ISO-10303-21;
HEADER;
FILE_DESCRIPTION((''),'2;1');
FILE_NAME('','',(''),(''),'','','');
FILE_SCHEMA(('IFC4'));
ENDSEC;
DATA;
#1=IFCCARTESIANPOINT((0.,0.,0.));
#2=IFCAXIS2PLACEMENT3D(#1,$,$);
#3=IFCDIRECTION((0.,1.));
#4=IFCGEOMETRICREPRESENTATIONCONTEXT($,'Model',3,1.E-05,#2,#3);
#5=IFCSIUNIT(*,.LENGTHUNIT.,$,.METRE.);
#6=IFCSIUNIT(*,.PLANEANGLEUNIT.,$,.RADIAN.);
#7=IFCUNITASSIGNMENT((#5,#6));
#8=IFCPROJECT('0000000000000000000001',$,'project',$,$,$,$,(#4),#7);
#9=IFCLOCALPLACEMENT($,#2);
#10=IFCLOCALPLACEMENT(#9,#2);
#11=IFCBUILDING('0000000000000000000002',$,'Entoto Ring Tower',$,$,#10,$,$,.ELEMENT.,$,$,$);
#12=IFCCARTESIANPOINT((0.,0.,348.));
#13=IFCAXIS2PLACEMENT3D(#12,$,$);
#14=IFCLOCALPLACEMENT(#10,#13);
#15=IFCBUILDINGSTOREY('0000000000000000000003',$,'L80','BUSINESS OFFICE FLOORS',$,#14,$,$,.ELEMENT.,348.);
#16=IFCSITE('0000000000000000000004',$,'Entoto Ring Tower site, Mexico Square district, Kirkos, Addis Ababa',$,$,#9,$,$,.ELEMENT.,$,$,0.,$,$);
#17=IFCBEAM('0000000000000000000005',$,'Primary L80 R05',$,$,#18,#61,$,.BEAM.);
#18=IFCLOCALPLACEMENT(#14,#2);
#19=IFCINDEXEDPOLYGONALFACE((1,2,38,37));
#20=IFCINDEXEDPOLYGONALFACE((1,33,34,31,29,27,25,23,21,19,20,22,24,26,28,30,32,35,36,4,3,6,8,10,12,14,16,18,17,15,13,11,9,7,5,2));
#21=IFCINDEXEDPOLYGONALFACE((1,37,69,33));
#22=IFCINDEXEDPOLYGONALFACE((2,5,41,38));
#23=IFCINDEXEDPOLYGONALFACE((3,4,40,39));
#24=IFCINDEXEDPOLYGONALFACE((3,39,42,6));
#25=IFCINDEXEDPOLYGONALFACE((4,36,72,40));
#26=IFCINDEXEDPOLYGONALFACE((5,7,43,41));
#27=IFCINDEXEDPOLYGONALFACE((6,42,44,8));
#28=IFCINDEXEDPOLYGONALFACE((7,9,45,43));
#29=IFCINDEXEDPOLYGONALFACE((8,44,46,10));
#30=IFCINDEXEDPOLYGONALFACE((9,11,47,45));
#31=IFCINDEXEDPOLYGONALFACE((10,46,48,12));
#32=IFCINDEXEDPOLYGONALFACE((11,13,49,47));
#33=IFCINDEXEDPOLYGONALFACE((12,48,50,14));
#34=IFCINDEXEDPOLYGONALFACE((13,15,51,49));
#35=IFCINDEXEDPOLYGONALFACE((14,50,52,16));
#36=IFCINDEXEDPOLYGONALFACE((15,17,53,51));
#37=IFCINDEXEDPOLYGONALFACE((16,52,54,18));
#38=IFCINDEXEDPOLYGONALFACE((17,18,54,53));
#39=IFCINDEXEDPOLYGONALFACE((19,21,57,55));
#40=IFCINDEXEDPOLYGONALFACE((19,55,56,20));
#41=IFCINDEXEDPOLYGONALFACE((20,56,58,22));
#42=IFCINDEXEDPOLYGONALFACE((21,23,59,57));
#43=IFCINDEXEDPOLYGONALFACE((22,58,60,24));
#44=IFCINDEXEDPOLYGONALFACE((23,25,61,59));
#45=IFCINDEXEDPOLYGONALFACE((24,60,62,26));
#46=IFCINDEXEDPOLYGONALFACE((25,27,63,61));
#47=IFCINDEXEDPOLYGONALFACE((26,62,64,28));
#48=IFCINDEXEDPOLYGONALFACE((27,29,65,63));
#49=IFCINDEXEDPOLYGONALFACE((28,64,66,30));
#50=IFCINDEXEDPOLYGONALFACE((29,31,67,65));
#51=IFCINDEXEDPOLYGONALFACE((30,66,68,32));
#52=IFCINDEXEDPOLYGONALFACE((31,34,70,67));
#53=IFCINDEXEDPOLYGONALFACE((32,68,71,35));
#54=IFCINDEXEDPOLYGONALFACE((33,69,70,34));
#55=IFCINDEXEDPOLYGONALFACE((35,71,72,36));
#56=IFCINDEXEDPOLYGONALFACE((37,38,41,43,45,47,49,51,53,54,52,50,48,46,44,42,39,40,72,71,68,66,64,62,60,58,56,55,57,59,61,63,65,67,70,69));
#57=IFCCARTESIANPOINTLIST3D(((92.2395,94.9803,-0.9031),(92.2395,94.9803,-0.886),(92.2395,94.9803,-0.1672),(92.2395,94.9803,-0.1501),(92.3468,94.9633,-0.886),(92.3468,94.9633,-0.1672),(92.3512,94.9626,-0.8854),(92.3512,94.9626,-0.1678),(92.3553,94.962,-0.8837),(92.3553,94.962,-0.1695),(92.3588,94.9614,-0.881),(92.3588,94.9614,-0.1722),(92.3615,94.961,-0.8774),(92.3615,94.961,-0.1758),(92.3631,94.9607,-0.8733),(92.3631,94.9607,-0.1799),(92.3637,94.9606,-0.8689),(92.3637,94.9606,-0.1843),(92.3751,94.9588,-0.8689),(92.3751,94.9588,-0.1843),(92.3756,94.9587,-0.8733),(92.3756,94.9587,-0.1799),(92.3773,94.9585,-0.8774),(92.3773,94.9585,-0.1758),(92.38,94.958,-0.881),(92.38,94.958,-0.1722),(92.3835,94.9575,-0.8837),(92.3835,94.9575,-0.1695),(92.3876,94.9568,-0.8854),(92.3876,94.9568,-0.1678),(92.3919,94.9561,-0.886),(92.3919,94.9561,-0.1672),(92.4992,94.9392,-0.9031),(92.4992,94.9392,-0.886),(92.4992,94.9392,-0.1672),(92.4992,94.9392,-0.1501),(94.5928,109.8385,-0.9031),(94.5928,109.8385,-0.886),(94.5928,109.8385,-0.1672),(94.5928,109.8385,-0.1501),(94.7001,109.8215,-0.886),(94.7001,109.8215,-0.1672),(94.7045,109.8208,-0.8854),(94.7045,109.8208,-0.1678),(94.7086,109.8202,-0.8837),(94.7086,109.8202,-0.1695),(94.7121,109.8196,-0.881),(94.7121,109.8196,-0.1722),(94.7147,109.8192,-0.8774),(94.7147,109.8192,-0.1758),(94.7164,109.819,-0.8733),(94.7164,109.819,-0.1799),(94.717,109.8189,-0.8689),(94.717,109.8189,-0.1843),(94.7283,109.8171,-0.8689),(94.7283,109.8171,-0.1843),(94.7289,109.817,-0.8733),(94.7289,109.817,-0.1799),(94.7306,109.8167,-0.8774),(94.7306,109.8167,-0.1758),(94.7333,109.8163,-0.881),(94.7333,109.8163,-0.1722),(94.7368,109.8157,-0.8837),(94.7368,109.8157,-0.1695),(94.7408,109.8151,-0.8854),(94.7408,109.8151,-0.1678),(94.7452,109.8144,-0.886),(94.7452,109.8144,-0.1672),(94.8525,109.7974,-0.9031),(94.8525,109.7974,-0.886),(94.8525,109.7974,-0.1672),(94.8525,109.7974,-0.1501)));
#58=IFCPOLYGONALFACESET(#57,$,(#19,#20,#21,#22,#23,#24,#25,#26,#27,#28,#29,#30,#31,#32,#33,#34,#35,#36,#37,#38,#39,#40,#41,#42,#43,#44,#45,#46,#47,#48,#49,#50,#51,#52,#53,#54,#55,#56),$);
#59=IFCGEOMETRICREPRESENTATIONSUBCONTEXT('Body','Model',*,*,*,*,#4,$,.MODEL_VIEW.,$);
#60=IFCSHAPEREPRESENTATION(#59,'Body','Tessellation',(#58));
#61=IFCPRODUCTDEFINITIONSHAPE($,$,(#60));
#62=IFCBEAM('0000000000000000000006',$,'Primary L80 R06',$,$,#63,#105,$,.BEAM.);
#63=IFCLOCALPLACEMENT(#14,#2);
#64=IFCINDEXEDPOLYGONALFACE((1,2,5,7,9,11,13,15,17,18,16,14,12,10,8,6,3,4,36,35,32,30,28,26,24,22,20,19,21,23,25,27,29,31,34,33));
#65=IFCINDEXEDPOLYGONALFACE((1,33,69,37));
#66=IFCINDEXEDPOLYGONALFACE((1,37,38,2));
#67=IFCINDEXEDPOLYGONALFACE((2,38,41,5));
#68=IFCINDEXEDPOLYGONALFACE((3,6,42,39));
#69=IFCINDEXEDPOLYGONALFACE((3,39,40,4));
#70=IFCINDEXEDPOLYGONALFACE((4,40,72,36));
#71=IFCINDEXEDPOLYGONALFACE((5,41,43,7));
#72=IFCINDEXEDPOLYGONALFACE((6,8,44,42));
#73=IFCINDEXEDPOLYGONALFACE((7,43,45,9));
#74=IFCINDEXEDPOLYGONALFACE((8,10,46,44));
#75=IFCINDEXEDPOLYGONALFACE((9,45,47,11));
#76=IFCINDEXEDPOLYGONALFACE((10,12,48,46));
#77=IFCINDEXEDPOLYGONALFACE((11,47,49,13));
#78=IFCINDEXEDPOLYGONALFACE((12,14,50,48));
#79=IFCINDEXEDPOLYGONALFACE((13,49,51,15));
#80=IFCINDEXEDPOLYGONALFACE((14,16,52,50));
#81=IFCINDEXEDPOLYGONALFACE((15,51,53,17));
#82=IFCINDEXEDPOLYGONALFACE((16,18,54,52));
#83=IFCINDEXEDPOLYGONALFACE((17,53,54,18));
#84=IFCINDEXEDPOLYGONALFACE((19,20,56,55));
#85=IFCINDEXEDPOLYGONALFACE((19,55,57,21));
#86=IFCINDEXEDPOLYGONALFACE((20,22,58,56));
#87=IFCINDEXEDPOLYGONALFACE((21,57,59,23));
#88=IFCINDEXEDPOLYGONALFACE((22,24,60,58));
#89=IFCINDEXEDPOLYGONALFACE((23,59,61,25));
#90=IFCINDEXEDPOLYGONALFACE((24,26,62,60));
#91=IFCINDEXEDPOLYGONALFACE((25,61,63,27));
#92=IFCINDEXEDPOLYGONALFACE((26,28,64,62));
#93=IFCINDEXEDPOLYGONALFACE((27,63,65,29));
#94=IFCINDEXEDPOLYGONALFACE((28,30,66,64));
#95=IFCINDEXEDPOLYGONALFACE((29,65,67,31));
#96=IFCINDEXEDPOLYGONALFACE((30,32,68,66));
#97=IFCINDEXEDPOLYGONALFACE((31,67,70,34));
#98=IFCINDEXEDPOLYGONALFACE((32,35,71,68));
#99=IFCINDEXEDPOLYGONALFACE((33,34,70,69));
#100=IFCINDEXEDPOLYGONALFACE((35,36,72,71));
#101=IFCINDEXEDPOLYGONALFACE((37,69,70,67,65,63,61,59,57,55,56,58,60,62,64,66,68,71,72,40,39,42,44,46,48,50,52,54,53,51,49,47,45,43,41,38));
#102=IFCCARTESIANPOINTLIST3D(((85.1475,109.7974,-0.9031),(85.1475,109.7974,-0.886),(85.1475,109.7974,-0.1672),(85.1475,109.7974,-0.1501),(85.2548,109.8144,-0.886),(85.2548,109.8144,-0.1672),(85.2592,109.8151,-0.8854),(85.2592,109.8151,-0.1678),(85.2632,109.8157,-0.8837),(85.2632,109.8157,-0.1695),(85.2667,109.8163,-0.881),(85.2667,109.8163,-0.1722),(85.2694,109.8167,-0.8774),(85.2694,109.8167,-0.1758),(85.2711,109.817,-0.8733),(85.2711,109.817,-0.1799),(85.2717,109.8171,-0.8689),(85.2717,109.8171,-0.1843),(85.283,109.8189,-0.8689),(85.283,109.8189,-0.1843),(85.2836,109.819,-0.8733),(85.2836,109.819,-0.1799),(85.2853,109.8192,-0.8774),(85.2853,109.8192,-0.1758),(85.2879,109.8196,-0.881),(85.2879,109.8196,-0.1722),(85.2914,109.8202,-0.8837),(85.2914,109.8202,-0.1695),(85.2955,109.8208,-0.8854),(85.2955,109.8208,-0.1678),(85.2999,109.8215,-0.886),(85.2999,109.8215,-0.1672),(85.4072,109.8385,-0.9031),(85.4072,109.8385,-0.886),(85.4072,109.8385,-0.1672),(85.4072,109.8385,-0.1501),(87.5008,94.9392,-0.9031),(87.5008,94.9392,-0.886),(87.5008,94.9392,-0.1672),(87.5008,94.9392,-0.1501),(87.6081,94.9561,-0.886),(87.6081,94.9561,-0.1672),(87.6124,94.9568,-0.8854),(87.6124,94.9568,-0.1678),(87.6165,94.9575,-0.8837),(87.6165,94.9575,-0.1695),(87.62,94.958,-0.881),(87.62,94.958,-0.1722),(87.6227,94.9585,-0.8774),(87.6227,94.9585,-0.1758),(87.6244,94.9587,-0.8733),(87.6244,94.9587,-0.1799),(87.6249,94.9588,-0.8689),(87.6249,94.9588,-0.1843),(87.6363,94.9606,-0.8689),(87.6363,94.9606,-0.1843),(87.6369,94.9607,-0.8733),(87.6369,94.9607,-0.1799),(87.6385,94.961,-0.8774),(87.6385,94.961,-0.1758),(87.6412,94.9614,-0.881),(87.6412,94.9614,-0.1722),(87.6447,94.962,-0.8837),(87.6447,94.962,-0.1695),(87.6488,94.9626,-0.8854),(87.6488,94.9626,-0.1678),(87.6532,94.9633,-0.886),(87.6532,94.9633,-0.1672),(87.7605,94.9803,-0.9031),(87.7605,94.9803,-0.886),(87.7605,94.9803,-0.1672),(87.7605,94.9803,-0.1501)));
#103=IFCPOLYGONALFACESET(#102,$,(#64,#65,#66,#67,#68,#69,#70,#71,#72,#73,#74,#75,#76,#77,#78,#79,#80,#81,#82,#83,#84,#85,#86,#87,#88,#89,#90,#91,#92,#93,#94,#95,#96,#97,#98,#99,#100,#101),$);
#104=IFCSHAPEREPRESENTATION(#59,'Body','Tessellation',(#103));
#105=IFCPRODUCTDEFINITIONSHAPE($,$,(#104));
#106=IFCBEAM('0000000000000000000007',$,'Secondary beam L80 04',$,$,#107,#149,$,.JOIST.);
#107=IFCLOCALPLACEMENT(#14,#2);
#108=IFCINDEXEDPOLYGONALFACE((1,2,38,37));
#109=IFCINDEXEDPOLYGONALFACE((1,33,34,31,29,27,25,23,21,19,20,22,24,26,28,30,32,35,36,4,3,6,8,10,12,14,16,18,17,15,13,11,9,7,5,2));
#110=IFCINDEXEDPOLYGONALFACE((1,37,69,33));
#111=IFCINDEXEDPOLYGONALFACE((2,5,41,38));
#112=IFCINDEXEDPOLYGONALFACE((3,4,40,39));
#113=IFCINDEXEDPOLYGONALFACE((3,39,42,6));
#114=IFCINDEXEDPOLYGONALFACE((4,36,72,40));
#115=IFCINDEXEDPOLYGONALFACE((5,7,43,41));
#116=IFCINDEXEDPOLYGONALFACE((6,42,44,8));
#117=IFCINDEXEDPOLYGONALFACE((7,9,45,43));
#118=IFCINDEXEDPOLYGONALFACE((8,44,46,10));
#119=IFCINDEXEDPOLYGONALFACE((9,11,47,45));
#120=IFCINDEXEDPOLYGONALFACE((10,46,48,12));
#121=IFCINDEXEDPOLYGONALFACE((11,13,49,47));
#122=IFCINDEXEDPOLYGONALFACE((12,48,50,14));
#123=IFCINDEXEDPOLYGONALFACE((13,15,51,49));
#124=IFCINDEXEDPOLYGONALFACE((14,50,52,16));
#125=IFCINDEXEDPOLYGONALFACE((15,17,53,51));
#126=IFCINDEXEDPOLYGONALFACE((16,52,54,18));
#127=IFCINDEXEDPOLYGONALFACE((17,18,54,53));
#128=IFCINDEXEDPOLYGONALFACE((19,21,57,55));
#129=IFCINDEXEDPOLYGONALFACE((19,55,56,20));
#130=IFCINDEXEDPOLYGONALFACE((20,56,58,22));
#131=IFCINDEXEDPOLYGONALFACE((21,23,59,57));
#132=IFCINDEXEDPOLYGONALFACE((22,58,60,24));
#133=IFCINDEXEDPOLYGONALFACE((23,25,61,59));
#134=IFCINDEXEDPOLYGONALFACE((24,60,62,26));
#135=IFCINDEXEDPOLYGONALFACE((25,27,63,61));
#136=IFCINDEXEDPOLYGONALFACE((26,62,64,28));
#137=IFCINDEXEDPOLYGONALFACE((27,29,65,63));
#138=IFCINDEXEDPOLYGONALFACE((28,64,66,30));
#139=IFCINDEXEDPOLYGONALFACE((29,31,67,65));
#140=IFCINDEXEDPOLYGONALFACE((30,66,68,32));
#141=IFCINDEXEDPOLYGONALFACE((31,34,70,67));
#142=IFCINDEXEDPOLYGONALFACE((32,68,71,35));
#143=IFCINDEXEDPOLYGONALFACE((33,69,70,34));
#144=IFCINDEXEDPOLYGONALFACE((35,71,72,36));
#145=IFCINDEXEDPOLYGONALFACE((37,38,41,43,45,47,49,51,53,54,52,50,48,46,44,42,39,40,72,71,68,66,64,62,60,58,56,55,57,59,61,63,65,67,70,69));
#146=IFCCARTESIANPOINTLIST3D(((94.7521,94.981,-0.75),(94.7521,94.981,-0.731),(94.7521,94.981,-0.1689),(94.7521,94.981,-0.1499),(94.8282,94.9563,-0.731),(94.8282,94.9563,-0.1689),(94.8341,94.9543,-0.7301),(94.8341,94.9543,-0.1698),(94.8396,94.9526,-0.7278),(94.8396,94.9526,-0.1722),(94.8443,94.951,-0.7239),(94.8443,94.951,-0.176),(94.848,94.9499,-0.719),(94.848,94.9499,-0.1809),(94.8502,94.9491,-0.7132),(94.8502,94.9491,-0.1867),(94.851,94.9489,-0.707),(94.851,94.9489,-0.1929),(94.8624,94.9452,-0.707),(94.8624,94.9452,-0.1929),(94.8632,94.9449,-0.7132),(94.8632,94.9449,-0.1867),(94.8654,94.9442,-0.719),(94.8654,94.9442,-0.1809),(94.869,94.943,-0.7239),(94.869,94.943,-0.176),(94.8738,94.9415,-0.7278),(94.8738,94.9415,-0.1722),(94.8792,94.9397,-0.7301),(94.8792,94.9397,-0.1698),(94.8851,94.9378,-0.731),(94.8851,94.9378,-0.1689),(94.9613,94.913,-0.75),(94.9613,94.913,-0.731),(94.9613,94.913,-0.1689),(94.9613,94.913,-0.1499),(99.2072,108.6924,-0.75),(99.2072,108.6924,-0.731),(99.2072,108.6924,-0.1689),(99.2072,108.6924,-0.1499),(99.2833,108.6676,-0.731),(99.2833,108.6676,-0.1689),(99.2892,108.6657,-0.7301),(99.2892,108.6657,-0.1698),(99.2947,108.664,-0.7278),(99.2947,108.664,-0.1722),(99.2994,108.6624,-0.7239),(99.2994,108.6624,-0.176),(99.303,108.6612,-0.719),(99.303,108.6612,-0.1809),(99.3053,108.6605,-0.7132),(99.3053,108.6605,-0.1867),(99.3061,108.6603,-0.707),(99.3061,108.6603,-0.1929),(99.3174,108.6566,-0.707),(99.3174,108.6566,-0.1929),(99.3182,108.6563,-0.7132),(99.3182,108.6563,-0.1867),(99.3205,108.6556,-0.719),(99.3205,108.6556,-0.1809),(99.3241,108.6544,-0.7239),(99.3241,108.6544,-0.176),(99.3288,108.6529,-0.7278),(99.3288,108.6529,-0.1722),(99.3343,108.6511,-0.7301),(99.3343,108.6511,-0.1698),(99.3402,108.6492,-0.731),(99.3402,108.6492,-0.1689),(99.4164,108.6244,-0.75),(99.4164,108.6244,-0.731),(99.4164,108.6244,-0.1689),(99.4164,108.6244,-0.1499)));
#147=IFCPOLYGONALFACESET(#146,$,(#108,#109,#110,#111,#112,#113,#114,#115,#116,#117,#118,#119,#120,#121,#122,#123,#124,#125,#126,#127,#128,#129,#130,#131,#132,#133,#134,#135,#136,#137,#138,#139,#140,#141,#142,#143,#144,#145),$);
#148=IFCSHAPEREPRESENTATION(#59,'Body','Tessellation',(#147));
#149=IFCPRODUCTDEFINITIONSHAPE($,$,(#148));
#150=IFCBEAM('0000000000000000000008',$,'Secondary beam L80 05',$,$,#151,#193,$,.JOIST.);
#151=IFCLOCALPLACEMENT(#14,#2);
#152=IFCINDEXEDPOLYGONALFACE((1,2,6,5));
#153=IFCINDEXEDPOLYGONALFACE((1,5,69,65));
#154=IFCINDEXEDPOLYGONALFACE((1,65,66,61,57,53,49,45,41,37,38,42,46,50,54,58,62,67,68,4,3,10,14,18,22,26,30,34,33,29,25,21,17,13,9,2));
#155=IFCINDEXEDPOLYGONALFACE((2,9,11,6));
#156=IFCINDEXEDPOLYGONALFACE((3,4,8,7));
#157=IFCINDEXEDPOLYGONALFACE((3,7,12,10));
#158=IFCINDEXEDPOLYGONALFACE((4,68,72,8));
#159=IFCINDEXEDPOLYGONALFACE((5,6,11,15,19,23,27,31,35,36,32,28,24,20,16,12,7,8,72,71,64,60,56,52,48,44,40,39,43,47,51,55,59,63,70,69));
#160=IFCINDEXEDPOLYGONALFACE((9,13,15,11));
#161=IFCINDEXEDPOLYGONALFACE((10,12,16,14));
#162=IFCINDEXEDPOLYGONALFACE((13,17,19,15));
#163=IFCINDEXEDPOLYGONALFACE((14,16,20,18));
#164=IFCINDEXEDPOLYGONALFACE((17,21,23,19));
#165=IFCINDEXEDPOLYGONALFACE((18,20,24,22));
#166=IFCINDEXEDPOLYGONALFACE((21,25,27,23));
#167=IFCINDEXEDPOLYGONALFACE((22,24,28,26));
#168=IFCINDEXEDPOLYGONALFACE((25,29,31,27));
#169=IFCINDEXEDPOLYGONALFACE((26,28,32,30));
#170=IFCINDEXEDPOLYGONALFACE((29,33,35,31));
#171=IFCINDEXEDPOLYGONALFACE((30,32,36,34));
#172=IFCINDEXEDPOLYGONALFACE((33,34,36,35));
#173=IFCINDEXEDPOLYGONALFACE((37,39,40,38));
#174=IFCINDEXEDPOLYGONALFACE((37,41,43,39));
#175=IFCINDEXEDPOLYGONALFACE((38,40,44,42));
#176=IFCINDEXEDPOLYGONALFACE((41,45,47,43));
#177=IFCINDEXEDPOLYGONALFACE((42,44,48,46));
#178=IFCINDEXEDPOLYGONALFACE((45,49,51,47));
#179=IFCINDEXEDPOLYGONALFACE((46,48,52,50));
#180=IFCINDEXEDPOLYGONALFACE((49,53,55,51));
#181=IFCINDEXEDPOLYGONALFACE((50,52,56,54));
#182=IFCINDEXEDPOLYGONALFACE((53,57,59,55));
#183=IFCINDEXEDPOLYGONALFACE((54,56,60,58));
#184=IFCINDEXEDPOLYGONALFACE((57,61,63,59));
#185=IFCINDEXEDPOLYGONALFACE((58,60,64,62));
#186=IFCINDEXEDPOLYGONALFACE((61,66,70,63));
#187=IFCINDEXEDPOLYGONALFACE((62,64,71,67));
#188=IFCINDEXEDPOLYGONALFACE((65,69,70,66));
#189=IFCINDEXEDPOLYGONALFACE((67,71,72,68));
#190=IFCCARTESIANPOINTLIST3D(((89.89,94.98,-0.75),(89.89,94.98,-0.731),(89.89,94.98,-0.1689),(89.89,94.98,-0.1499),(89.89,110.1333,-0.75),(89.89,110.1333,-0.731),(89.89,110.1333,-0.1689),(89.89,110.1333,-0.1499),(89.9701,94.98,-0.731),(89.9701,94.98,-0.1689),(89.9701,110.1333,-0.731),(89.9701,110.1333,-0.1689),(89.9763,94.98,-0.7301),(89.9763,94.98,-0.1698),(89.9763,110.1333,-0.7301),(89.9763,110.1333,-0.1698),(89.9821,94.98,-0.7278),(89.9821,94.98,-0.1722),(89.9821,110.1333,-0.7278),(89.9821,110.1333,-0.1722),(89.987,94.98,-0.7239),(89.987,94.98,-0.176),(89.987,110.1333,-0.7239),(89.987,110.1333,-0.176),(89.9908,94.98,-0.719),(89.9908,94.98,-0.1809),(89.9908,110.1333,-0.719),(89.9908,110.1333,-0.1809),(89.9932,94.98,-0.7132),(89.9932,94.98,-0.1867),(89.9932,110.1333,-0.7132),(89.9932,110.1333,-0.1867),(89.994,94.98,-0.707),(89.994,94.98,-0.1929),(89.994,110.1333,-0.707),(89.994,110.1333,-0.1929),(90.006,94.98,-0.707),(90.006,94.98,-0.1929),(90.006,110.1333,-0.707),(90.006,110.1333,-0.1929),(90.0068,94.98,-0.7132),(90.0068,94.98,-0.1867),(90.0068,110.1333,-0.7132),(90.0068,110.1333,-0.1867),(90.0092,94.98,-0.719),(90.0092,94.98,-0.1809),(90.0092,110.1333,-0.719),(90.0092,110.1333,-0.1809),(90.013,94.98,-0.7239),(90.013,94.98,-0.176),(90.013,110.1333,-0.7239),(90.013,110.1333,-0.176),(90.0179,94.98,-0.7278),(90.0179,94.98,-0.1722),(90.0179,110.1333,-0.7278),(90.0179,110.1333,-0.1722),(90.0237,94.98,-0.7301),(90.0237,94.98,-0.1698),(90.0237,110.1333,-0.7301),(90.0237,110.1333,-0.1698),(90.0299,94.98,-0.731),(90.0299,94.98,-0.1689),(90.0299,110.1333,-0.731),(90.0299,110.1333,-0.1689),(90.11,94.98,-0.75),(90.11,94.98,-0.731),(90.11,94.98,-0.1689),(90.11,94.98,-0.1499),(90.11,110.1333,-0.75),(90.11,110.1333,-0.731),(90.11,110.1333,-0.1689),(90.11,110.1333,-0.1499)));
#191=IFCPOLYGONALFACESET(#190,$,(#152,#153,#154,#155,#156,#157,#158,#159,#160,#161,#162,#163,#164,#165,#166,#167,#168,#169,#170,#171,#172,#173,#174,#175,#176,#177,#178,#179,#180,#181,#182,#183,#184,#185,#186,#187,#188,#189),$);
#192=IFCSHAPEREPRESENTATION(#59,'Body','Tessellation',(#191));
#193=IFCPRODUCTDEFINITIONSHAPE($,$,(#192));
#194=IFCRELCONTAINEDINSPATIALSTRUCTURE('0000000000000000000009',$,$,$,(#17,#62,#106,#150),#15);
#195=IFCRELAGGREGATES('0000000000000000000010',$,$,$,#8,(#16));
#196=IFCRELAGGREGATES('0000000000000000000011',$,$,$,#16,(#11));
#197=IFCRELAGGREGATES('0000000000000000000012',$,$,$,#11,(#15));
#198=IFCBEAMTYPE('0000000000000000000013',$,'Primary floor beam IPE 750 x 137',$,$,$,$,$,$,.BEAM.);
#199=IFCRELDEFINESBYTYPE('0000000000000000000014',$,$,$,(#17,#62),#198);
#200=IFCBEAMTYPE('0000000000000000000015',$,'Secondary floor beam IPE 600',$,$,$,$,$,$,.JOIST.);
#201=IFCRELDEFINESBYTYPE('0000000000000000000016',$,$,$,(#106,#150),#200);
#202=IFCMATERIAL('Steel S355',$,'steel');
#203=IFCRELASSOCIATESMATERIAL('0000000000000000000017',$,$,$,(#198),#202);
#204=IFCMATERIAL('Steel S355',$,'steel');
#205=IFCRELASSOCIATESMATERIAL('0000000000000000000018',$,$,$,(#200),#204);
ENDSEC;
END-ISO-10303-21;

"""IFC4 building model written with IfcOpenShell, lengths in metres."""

from ifc_helpers import new_model, si_unit, direction, frame, origin, origin_2d, place, context, subcontext, project, spatial, i_section, extrude, material, material_profile, profile_set, type_object, element, save


model = new_model("IFC4")

# Units and contexts
model_context = context("Model", 3, precision=1e-05, world=origin(), true_north=direction((0.0, 1.0)))
body_context = subcontext(model_context, "Body", "Model", "MODEL_VIEW")
ifc_project = project(units=[si_unit("LENGTHUNIT", "METRE"), si_unit("PLANEANGLEUNIT", "RADIAN")], contexts=[model_context])

# Site, building, storey
site_placement = place(None, origin())
site = spatial("IfcSite", under=ifc_project, at=site_placement, Name="Entoto Ring Tower site, Mexico Square district, Kirkos, Addis Ababa", CompositionType="ELEMENT", RefElevation=0.0)
building_placement = place(site_placement, origin())
building = spatial("IfcBuilding", under=site, at=building_placement, Name="Entoto Ring Tower", CompositionType="ELEMENT")
storey_placement = place(building_placement, frame((0.0, 0.0, 348.0)))
storey = spatial("IfcBuildingStorey", under=building, at=storey_placement, Name="L80", Description="BUSINESS OFFICE FLOORS", CompositionType="ELEMENT", Elevation=348.0)

# Beams
ifc_material_1 = material(Name="Steel S355", Category="steel")
ifc_material_profile_1 = material_profile(ifc_material_1, i_section(OverallWidth=0.2629, OverallDepth=0.7529, WebThickness=0.0115, FlangeThickness=0.0171, FilletRadius=0.0171, at=origin_2d()), Name="IPE 750 x 137")
ifc_profile_set_1 = profile_set([ifc_material_profile_1], Name="Steel S355")
beam_type_1 = type_object("IfcBeamType", Name="Primary floor beam IPE 750 x 137", PredefinedType="BEAM", material=ifc_profile_set_1)
for number, where, z_axis, x_axis, name in (
    (1, (92.3694, 94.9597, -0.5266), (0.156433, 0.987689, 0.0), (-0.987689, 0.156433, 0.0), "Primary L80 R05"),
    (2, (87.6306, 94.9597, -0.5266), (-0.156433, 0.987689, 0.0), (-0.987689, -0.156433, 0.0), "Primary L80 R06"),
):
    element("IfcBeam", number, at=place(storey_placement, frame(where, z_axis=z_axis, x_axis=x_axis)), inside=storey, type_object=beam_type_1, Name=name, PredefinedType="BEAM", context=body_context, shape_type="SweptSolid", body=[
        extrude(i_section(OverallWidth=0.2629, OverallDepth=0.7529, WebThickness=0.0115, FlangeThickness=0.0171, FilletRadius=0.0171, at=origin_2d()), origin(), (0.0, 0.0, 1.0), 15.0435),
    ])
ifc_material_2 = material(Name="Steel S355", Category="steel")
ifc_material_profile_2 = material_profile(ifc_material_2, i_section(OverallWidth=0.22, OverallDepth=0.6001, WebThickness=0.012, FlangeThickness=0.019, FilletRadius=0.0239, at=origin_2d()), Name="IPE 600")
ifc_profile_set_2 = profile_set([ifc_material_profile_2], Name="Steel S355")
beam_type_2 = type_object("IfcBeamType", Name="Secondary floor beam IPE 600", PredefinedType="JOIST", material=ifc_profile_set_2)
beam_1_placement = place(storey_placement, frame((94.8567, 94.947, -0.45), z_axis=(0.309015, 0.951057, 0.0), x_axis=(-0.951057, 0.309015, 0.0)))
element("IfcBeam", 3, at=beam_1_placement, inside=storey, type_object=beam_type_2, Name="Secondary beam L80 04", PredefinedType="JOIST", context=body_context, shape_type="SweptSolid", body=[
    extrude(i_section(OverallWidth=0.22, OverallDepth=0.6001, WebThickness=0.012, FlangeThickness=0.019, FilletRadius=0.0239, at=origin_2d()), origin(), (0.0, 0.0, 1.0), 14.417),
])
beam_2_placement = place(storey_placement, frame((90.0, 94.98, -0.45), z_axis=(0.0, 1.0, 0.0), x_axis=(-1.0, 0.0, 0.0)))
element("IfcBeam", 4, at=beam_2_placement, inside=storey, type_object=beam_type_2, Name="Secondary beam L80 05", PredefinedType="JOIST", context=body_context, shape_type="SweptSolid", body=[
    extrude(i_section(OverallWidth=0.22, OverallDepth=0.6001, WebThickness=0.012, FlangeThickness=0.019, FilletRadius=0.0239, at=origin_2d()), origin(), (0.0, 0.0, 1.0), 15.1533),
])

save(model, "model.ifc")
